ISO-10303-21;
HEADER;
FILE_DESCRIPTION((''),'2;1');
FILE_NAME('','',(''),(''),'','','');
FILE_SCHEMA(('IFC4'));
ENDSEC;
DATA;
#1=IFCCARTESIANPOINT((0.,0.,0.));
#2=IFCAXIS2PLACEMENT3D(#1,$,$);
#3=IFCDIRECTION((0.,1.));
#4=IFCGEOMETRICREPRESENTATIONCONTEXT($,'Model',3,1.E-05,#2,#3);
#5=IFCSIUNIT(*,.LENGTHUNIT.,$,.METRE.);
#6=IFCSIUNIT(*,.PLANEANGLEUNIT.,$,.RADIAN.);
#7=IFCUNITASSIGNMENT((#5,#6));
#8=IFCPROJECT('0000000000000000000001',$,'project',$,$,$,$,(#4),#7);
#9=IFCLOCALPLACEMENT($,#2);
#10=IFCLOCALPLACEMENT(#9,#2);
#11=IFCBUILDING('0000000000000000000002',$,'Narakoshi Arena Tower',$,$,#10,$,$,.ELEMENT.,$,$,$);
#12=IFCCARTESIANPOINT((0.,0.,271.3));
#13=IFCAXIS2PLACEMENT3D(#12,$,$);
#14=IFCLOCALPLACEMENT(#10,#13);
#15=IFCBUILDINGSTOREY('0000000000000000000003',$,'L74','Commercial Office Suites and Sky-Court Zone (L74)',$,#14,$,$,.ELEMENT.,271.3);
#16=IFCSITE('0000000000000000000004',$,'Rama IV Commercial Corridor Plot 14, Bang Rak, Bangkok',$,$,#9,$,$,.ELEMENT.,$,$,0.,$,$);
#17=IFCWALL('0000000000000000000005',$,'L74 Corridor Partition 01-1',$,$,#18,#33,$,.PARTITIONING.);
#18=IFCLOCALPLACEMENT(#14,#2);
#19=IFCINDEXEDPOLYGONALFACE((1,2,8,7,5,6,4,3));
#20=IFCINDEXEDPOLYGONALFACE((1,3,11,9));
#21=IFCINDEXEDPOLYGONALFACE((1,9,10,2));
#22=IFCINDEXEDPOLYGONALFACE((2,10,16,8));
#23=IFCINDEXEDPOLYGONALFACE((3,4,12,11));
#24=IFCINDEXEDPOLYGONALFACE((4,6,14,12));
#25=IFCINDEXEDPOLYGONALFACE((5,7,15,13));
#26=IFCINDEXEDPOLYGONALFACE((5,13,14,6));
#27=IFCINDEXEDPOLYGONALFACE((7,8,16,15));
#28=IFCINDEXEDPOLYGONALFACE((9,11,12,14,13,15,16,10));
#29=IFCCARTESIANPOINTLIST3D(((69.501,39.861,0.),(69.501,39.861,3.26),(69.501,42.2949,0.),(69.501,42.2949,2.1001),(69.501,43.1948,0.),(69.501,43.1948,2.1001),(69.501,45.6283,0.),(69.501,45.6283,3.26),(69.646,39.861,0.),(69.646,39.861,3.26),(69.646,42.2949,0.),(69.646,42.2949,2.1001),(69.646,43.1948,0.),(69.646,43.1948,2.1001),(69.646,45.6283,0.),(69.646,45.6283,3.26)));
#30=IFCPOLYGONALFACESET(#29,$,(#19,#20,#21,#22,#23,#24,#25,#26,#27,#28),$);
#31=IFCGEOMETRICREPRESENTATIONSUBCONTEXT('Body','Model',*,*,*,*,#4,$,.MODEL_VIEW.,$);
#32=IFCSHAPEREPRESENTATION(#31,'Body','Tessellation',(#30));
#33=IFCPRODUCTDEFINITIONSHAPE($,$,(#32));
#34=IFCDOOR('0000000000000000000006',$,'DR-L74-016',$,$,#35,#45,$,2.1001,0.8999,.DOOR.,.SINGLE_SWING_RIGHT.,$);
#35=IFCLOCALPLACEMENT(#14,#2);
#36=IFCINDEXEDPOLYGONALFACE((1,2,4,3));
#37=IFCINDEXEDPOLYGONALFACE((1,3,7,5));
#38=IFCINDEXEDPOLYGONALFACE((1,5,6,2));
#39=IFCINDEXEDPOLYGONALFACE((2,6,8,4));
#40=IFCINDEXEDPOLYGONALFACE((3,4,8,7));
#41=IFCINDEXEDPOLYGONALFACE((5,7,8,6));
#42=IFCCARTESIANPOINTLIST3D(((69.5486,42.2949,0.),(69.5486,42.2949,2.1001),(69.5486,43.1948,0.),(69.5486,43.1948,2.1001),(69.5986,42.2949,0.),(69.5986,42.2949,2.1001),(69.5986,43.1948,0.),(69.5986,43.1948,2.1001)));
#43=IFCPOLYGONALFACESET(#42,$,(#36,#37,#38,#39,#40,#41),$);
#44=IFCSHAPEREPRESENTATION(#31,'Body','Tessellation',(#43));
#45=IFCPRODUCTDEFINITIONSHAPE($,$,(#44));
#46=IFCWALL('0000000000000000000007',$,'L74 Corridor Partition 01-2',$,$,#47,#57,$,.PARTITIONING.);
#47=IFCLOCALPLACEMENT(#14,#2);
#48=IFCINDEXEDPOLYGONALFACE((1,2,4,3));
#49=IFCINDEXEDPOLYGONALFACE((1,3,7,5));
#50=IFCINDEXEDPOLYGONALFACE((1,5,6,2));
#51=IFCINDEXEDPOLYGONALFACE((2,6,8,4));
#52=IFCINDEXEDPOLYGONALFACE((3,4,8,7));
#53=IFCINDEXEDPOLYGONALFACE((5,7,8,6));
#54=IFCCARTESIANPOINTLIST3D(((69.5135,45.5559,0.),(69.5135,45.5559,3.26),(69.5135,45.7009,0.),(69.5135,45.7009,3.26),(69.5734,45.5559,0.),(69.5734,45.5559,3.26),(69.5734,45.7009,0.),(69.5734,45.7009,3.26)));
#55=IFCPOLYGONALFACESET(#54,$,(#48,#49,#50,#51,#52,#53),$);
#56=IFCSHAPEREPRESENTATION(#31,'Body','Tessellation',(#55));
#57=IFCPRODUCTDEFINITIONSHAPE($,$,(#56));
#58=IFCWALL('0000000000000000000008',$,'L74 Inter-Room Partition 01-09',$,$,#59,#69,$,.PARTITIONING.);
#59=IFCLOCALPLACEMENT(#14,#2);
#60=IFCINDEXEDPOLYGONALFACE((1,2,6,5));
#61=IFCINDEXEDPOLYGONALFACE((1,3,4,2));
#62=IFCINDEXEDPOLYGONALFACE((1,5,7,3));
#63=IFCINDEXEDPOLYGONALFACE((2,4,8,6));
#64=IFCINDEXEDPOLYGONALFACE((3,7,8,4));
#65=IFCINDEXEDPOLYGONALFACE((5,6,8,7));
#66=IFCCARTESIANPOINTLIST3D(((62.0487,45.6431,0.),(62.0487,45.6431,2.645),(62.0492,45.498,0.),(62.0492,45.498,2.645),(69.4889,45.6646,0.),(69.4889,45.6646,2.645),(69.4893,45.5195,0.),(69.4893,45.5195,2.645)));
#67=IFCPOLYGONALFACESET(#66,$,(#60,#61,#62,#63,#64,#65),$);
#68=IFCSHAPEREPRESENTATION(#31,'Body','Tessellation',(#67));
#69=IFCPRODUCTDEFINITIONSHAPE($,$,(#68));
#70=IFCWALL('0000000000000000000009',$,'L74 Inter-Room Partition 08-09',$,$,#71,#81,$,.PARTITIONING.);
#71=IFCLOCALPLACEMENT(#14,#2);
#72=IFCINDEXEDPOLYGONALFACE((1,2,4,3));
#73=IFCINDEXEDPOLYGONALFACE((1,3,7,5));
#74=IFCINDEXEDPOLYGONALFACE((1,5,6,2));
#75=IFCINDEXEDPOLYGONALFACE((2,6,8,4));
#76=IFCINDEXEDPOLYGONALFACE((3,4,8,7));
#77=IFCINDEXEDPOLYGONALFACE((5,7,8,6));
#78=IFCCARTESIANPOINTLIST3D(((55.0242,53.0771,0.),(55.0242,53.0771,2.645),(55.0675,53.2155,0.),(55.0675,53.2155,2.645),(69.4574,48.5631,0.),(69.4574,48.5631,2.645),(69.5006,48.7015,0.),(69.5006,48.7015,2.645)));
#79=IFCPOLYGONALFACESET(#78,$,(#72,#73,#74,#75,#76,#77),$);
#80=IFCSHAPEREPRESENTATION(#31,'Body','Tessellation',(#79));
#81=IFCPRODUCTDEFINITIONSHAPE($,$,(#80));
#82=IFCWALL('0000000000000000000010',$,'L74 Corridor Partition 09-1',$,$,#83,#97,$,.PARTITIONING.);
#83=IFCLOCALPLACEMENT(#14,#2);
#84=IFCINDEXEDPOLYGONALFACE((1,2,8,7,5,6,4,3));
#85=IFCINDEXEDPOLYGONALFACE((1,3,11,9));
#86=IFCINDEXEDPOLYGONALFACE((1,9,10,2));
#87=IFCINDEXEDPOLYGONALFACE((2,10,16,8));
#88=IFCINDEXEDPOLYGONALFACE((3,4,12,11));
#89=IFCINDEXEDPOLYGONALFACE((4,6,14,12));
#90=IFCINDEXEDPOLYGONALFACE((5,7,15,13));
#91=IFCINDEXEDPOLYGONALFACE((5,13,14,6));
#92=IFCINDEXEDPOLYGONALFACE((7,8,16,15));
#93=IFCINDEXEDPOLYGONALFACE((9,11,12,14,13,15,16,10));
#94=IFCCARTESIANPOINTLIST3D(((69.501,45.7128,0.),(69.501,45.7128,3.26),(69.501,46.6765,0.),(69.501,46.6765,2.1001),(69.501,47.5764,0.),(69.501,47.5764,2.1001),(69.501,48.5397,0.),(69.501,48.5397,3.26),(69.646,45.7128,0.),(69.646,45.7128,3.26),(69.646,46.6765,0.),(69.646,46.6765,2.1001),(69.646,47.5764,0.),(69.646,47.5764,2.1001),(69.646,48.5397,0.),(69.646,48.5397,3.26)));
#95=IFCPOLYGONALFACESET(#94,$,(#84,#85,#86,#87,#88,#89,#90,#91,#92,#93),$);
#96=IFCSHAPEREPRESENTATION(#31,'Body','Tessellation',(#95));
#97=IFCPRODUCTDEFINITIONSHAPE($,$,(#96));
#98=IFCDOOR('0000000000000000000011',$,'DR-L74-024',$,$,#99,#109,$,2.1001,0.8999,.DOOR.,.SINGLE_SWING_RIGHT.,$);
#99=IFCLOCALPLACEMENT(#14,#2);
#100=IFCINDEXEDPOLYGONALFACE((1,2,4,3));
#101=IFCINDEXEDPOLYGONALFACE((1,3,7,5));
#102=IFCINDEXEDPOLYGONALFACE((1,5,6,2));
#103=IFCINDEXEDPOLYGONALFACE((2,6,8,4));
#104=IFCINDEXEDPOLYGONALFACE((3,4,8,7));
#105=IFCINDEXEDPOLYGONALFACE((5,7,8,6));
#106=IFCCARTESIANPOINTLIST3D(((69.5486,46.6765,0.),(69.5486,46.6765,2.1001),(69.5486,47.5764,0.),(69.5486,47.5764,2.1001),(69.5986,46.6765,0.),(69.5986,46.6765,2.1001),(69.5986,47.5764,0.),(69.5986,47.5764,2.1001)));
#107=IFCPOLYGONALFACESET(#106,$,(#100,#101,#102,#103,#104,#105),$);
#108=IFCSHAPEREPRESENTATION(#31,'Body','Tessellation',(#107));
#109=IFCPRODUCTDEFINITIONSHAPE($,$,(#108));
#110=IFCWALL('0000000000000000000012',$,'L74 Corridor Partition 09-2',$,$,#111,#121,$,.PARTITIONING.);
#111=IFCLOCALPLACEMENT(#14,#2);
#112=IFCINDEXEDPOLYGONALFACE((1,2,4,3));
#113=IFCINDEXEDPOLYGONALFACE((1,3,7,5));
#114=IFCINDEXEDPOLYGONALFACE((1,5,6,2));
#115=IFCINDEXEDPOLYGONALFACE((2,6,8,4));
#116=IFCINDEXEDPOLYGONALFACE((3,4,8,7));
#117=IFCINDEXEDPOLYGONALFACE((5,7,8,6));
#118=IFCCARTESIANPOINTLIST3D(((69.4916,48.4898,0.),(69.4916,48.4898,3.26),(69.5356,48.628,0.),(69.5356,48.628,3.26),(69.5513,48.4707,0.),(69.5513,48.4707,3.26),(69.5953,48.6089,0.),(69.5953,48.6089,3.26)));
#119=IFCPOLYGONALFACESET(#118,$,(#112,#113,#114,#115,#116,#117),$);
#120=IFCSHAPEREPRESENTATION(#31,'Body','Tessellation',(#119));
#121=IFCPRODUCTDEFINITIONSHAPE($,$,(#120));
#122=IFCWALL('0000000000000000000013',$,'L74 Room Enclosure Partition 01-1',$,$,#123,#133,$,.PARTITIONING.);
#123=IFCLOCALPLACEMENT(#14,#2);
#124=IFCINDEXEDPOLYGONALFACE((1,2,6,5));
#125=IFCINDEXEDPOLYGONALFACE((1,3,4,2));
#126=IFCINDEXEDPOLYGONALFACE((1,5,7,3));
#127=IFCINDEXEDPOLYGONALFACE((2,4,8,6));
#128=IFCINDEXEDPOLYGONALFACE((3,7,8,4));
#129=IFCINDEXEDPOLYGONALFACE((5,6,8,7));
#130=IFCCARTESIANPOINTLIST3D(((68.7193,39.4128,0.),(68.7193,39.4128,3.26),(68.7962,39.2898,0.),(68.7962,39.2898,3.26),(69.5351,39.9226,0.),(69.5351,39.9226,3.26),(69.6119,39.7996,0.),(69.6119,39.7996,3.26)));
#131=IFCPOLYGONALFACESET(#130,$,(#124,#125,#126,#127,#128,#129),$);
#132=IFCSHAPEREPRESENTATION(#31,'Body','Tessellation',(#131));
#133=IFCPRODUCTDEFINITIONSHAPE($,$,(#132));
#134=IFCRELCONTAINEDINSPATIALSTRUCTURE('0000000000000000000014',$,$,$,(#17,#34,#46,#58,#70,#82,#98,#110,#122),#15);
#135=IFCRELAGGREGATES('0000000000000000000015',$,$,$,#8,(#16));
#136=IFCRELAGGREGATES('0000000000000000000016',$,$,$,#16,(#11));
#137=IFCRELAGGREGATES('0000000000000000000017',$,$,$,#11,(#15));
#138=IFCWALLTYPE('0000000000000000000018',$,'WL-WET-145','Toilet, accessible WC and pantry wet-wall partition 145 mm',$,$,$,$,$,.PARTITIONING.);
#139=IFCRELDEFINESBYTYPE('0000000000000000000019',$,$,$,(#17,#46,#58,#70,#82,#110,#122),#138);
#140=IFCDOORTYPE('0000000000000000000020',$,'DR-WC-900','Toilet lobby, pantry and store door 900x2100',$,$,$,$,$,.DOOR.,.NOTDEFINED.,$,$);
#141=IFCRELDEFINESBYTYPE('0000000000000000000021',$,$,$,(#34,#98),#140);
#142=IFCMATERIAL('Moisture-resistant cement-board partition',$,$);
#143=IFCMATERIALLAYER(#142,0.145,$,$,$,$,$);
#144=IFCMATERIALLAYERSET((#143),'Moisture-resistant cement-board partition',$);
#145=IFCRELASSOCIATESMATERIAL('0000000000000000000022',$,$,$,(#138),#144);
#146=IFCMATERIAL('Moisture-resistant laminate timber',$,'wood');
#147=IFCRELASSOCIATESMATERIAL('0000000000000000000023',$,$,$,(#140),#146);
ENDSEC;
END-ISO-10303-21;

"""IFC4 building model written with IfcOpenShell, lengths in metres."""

from ifc_helpers import new_model, si_unit, direction, frame, frame_2d, origin, place, context, subcontext, project, spatial, rectangle, extrude, material, layer, layer_set, type_object, element, fill, save


model = new_model("IFC4")

# Units and contexts
model_context = context("Model", 3, precision=1e-05, world=origin(), true_north=direction((0.0, 1.0)))
body_context = subcontext(model_context, "Body", "Model", "MODEL_VIEW")
ifc_project = project(units=[si_unit("LENGTHUNIT", "METRE"), si_unit("PLANEANGLEUNIT", "RADIAN")], contexts=[model_context])

# Site, building, storey
site_placement = place(None, origin())
site = spatial("IfcSite", under=ifc_project, at=site_placement, Name="Rama IV Commercial Corridor Plot 14, Bang Rak, Bangkok", CompositionType="ELEMENT", RefElevation=0.0)
building_placement = place(site_placement, origin())
building = spatial("IfcBuilding", under=site, at=building_placement, Name="Narakoshi Arena Tower", CompositionType="ELEMENT")
storey_placement = place(building_placement, frame((0.0, 0.0, 271.3)))
storey = spatial("IfcBuildingStorey", under=building, at=storey_placement, Name="L74", Description="Commercial Office Suites and Sky-Court Zone (L74)", CompositionType="ELEMENT", Elevation=271.3)

# Wall, opening, door
ifc_material_1 = material(Name="Moisture-resistant cement-board partition")
ifc_layer_1 = layer(ifc_material_1, 0.145)
ifc_layer_set_1 = layer_set([ifc_layer_1], Name="Moisture-resistant cement-board partition")
wall_type_1 = type_object("IfcWallType", Name="WL-WET-145", Description="Toilet, accessible WC and pantry wet-wall partition 145 mm", PredefinedType="PARTITIONING", material=ifc_layer_set_1)
wall_1_placement = place(storey_placement, frame((69.5735, 45.6284, 0.0), z_axis=(0.0, 0.0, 1.0), x_axis=(0.0, -1.0, 0.0)))
wall_1 = element("IfcWall", 1, at=wall_1_placement, inside=storey, type_object=wall_type_1, Name="L74 Corridor Partition 01-1", PredefinedType="PARTITIONING", context=body_context, shape_type="SweptSolid", body=[
    extrude(rectangle(XDim=5.7673, YDim=0.145, at=frame_2d((2.8838, 0.0))), origin(), (0.0, 0.0, 1.0), 3.26),
])
opening_1_placement = place(wall_1_placement, frame((2.4336, 0.0, 0.0)))
opening_1 = element("IfcOpeningElement", 2, at=opening_1_placement, cuts=wall_1, PredefinedType="OPENING", context=body_context, shape_type="SweptSolid", body=[
    extrude(rectangle(XDim=0.8999, YDim=2.1001, at=frame_2d((0.45, 1.05))), frame((0.0, 0.0825, 0.0), z_axis=(0.0, -1.0, 0.0), x_axis=(1.0, 0.0, 0.0)), (0.0, 0.0, 1.0), 0.165),
])
ifc_material_2 = material(Name="Moisture-resistant laminate timber", Category="wood")
door_type_1 = type_object("IfcDoorType", Name="DR-WC-900", Description="Toilet lobby, pantry and store door 900x2100", OperationType="NOTDEFINED", PredefinedType="DOOR", material=ifc_material_2)
door_1_placement = place(opening_1_placement, frame((0.8999, 0.0, 0.0), z_axis=(0.0, 0.0, 1.0), x_axis=(-1.0, 0.0, 0.0)))
door_1 = element("IfcDoor", 3, at=door_1_placement, inside=storey, type_object=door_type_1, Name="DR-L74-016", OperationType="SINGLE_SWING_RIGHT", OverallHeight=2.1001, OverallWidth=0.8999, PredefinedType="DOOR", context=body_context, shape_type="SweptSolid", body=[
    extrude(rectangle(XDim=0.8999, YDim=2.1001, at=frame_2d((0.45, 1.05))), frame((0.0, 0.0249, 0.0), z_axis=(0.0, -1.0, 0.0), x_axis=(1.0, 0.0, 0.0)), (0.0, 0.0, 1.0), 0.05),
])
fill(opening_1, door_1)

# Walls
wall_2_placement = place(storey_placement, frame((69.5137, 45.6284, 0.0), z_axis=(0.0, 0.0, 1.0), x_axis=(1.0, 0.0, 0.0)))
element("IfcWall", 4, at=wall_2_placement, inside=storey, type_object=wall_type_1, Name="L74 Corridor Partition 01-2", PredefinedType="PARTITIONING", context=body_context, shape_type="SweptSolid", body=[
    extrude(rectangle(XDim=0.0598, YDim=0.145, at=frame_2d((0.0298, 0.0))), origin(), (0.0, 0.0, 1.0), 3.26),
])
wall_3_placement = place(storey_placement, frame((62.0488, 45.5706, 0.0), z_axis=(0.0, 0.0, 1.0), x_axis=(0.999996, 0.002888, 0.0)))
element("IfcWall", 5, at=wall_3_placement, inside=storey, type_object=wall_type_1, Name="L74 Inter-Room Partition 01-09", PredefinedType="PARTITIONING", context=body_context, shape_type="SweptSolid", body=[
    extrude(rectangle(XDim=7.4402, YDim=0.145, at=frame_2d((3.7202, 0.0))), origin(), (0.0, 0.0, 1.0), 2.645),
])
wall_4_placement = place(storey_placement, frame((69.479, 48.6323, 0.0), z_axis=(0.0, 0.0, 1.0), x_axis=(-0.954413, 0.29849, 0.0)))
element("IfcWall", 6, at=wall_4_placement, inside=storey, type_object=wall_type_1, Name="L74 Inter-Room Partition 08-09", PredefinedType="PARTITIONING", context=body_context, shape_type="SweptSolid", body=[
    extrude(rectangle(XDim=15.1226, YDim=0.145, at=frame_2d((7.5613, 0.0))), origin(), (0.0, 0.0, 1.0), 2.645),
])

# Wall, opening, door
wall_5_placement = place(storey_placement, frame((69.5735, 48.5398, 0.0), z_axis=(0.0, 0.0, 1.0), x_axis=(0.0, -1.0, 0.0)))
wall_5 = element("IfcWall", 7, at=wall_5_placement, inside=storey, type_object=wall_type_1, Name="L74 Corridor Partition 09-1", PredefinedType="PARTITIONING", context=body_context, shape_type="SweptSolid", body=[
    extrude(rectangle(XDim=2.8269, YDim=0.145, at=frame_2d((1.4136, 0.0))), origin(), (0.0, 0.0, 1.0), 3.26),
])
opening_2_placement = place(wall_5_placement, frame((0.9634, 0.0, 0.0)))
opening_2 = element("IfcOpeningElement", 8, at=opening_2_placement, cuts=wall_5, PredefinedType="OPENING", context=body_context, shape_type="SweptSolid", body=[
    extrude(rectangle(XDim=0.8999, YDim=2.1001, at=frame_2d((0.45, 1.05))), frame((0.0, 0.0825, 0.0), z_axis=(0.0, -1.0, 0.0), x_axis=(1.0, 0.0, 0.0)), (0.0, 0.0, 1.0), 0.165),
])
door_2_placement = place(opening_2_placement, frame((0.8999, 0.0, 0.0), z_axis=(0.0, 0.0, 1.0), x_axis=(-1.0, 0.0, 0.0)))
door_2 = element("IfcDoor", 9, at=door_2_placement, inside=storey, type_object=door_type_1, Name="DR-L74-024", OperationType="SINGLE_SWING_RIGHT", OverallHeight=2.1001, OverallWidth=0.8999, PredefinedType="DOOR", context=body_context, shape_type="SweptSolid", body=[
    extrude(rectangle(XDim=0.8999, YDim=2.1001, at=frame_2d((0.45, 1.05))), frame((0.0, 0.0249, 0.0), z_axis=(0.0, -1.0, 0.0), x_axis=(1.0, 0.0, 0.0)), (0.0, 0.0, 1.0), 0.05),
])
fill(opening_2, door_2)

# Walls
wall_6_placement = place(storey_placement, frame((69.5137, 48.5588, 0.0), z_axis=(0.0, 0.0, 1.0), x_axis=(0.952875, -0.303364, 0.0)))
element("IfcWall", 10, at=wall_6_placement, inside=storey, type_object=wall_type_1, Name="L74 Corridor Partition 09-2", PredefinedType="PARTITIONING", context=body_context, shape_type="SweptSolid", body=[
    extrude(rectangle(XDim=0.0627, YDim=0.145, at=frame_2d((0.0312, 0.0))), origin(), (0.0, 0.0, 1.0), 3.26),
])
wall_7_placement = place(storey_placement, frame((69.5735, 39.8611, 0.0), z_axis=(0.0, 0.0, 1.0), x_axis=(-0.848013, -0.529976, 0.0)))
element("IfcWall", 11, at=wall_7_placement, inside=storey, type_object=wall_type_1, Name="L74 Room Enclosure Partition 01-1", PredefinedType="PARTITIONING", context=body_context, shape_type="SweptSolid", body=[
    extrude(rectangle(XDim=0.9619, YDim=0.145, at=frame_2d((0.481, 0.0))), origin(), (0.0, 0.0, 1.0), 3.26),
])

save(model, "model.ifc")
